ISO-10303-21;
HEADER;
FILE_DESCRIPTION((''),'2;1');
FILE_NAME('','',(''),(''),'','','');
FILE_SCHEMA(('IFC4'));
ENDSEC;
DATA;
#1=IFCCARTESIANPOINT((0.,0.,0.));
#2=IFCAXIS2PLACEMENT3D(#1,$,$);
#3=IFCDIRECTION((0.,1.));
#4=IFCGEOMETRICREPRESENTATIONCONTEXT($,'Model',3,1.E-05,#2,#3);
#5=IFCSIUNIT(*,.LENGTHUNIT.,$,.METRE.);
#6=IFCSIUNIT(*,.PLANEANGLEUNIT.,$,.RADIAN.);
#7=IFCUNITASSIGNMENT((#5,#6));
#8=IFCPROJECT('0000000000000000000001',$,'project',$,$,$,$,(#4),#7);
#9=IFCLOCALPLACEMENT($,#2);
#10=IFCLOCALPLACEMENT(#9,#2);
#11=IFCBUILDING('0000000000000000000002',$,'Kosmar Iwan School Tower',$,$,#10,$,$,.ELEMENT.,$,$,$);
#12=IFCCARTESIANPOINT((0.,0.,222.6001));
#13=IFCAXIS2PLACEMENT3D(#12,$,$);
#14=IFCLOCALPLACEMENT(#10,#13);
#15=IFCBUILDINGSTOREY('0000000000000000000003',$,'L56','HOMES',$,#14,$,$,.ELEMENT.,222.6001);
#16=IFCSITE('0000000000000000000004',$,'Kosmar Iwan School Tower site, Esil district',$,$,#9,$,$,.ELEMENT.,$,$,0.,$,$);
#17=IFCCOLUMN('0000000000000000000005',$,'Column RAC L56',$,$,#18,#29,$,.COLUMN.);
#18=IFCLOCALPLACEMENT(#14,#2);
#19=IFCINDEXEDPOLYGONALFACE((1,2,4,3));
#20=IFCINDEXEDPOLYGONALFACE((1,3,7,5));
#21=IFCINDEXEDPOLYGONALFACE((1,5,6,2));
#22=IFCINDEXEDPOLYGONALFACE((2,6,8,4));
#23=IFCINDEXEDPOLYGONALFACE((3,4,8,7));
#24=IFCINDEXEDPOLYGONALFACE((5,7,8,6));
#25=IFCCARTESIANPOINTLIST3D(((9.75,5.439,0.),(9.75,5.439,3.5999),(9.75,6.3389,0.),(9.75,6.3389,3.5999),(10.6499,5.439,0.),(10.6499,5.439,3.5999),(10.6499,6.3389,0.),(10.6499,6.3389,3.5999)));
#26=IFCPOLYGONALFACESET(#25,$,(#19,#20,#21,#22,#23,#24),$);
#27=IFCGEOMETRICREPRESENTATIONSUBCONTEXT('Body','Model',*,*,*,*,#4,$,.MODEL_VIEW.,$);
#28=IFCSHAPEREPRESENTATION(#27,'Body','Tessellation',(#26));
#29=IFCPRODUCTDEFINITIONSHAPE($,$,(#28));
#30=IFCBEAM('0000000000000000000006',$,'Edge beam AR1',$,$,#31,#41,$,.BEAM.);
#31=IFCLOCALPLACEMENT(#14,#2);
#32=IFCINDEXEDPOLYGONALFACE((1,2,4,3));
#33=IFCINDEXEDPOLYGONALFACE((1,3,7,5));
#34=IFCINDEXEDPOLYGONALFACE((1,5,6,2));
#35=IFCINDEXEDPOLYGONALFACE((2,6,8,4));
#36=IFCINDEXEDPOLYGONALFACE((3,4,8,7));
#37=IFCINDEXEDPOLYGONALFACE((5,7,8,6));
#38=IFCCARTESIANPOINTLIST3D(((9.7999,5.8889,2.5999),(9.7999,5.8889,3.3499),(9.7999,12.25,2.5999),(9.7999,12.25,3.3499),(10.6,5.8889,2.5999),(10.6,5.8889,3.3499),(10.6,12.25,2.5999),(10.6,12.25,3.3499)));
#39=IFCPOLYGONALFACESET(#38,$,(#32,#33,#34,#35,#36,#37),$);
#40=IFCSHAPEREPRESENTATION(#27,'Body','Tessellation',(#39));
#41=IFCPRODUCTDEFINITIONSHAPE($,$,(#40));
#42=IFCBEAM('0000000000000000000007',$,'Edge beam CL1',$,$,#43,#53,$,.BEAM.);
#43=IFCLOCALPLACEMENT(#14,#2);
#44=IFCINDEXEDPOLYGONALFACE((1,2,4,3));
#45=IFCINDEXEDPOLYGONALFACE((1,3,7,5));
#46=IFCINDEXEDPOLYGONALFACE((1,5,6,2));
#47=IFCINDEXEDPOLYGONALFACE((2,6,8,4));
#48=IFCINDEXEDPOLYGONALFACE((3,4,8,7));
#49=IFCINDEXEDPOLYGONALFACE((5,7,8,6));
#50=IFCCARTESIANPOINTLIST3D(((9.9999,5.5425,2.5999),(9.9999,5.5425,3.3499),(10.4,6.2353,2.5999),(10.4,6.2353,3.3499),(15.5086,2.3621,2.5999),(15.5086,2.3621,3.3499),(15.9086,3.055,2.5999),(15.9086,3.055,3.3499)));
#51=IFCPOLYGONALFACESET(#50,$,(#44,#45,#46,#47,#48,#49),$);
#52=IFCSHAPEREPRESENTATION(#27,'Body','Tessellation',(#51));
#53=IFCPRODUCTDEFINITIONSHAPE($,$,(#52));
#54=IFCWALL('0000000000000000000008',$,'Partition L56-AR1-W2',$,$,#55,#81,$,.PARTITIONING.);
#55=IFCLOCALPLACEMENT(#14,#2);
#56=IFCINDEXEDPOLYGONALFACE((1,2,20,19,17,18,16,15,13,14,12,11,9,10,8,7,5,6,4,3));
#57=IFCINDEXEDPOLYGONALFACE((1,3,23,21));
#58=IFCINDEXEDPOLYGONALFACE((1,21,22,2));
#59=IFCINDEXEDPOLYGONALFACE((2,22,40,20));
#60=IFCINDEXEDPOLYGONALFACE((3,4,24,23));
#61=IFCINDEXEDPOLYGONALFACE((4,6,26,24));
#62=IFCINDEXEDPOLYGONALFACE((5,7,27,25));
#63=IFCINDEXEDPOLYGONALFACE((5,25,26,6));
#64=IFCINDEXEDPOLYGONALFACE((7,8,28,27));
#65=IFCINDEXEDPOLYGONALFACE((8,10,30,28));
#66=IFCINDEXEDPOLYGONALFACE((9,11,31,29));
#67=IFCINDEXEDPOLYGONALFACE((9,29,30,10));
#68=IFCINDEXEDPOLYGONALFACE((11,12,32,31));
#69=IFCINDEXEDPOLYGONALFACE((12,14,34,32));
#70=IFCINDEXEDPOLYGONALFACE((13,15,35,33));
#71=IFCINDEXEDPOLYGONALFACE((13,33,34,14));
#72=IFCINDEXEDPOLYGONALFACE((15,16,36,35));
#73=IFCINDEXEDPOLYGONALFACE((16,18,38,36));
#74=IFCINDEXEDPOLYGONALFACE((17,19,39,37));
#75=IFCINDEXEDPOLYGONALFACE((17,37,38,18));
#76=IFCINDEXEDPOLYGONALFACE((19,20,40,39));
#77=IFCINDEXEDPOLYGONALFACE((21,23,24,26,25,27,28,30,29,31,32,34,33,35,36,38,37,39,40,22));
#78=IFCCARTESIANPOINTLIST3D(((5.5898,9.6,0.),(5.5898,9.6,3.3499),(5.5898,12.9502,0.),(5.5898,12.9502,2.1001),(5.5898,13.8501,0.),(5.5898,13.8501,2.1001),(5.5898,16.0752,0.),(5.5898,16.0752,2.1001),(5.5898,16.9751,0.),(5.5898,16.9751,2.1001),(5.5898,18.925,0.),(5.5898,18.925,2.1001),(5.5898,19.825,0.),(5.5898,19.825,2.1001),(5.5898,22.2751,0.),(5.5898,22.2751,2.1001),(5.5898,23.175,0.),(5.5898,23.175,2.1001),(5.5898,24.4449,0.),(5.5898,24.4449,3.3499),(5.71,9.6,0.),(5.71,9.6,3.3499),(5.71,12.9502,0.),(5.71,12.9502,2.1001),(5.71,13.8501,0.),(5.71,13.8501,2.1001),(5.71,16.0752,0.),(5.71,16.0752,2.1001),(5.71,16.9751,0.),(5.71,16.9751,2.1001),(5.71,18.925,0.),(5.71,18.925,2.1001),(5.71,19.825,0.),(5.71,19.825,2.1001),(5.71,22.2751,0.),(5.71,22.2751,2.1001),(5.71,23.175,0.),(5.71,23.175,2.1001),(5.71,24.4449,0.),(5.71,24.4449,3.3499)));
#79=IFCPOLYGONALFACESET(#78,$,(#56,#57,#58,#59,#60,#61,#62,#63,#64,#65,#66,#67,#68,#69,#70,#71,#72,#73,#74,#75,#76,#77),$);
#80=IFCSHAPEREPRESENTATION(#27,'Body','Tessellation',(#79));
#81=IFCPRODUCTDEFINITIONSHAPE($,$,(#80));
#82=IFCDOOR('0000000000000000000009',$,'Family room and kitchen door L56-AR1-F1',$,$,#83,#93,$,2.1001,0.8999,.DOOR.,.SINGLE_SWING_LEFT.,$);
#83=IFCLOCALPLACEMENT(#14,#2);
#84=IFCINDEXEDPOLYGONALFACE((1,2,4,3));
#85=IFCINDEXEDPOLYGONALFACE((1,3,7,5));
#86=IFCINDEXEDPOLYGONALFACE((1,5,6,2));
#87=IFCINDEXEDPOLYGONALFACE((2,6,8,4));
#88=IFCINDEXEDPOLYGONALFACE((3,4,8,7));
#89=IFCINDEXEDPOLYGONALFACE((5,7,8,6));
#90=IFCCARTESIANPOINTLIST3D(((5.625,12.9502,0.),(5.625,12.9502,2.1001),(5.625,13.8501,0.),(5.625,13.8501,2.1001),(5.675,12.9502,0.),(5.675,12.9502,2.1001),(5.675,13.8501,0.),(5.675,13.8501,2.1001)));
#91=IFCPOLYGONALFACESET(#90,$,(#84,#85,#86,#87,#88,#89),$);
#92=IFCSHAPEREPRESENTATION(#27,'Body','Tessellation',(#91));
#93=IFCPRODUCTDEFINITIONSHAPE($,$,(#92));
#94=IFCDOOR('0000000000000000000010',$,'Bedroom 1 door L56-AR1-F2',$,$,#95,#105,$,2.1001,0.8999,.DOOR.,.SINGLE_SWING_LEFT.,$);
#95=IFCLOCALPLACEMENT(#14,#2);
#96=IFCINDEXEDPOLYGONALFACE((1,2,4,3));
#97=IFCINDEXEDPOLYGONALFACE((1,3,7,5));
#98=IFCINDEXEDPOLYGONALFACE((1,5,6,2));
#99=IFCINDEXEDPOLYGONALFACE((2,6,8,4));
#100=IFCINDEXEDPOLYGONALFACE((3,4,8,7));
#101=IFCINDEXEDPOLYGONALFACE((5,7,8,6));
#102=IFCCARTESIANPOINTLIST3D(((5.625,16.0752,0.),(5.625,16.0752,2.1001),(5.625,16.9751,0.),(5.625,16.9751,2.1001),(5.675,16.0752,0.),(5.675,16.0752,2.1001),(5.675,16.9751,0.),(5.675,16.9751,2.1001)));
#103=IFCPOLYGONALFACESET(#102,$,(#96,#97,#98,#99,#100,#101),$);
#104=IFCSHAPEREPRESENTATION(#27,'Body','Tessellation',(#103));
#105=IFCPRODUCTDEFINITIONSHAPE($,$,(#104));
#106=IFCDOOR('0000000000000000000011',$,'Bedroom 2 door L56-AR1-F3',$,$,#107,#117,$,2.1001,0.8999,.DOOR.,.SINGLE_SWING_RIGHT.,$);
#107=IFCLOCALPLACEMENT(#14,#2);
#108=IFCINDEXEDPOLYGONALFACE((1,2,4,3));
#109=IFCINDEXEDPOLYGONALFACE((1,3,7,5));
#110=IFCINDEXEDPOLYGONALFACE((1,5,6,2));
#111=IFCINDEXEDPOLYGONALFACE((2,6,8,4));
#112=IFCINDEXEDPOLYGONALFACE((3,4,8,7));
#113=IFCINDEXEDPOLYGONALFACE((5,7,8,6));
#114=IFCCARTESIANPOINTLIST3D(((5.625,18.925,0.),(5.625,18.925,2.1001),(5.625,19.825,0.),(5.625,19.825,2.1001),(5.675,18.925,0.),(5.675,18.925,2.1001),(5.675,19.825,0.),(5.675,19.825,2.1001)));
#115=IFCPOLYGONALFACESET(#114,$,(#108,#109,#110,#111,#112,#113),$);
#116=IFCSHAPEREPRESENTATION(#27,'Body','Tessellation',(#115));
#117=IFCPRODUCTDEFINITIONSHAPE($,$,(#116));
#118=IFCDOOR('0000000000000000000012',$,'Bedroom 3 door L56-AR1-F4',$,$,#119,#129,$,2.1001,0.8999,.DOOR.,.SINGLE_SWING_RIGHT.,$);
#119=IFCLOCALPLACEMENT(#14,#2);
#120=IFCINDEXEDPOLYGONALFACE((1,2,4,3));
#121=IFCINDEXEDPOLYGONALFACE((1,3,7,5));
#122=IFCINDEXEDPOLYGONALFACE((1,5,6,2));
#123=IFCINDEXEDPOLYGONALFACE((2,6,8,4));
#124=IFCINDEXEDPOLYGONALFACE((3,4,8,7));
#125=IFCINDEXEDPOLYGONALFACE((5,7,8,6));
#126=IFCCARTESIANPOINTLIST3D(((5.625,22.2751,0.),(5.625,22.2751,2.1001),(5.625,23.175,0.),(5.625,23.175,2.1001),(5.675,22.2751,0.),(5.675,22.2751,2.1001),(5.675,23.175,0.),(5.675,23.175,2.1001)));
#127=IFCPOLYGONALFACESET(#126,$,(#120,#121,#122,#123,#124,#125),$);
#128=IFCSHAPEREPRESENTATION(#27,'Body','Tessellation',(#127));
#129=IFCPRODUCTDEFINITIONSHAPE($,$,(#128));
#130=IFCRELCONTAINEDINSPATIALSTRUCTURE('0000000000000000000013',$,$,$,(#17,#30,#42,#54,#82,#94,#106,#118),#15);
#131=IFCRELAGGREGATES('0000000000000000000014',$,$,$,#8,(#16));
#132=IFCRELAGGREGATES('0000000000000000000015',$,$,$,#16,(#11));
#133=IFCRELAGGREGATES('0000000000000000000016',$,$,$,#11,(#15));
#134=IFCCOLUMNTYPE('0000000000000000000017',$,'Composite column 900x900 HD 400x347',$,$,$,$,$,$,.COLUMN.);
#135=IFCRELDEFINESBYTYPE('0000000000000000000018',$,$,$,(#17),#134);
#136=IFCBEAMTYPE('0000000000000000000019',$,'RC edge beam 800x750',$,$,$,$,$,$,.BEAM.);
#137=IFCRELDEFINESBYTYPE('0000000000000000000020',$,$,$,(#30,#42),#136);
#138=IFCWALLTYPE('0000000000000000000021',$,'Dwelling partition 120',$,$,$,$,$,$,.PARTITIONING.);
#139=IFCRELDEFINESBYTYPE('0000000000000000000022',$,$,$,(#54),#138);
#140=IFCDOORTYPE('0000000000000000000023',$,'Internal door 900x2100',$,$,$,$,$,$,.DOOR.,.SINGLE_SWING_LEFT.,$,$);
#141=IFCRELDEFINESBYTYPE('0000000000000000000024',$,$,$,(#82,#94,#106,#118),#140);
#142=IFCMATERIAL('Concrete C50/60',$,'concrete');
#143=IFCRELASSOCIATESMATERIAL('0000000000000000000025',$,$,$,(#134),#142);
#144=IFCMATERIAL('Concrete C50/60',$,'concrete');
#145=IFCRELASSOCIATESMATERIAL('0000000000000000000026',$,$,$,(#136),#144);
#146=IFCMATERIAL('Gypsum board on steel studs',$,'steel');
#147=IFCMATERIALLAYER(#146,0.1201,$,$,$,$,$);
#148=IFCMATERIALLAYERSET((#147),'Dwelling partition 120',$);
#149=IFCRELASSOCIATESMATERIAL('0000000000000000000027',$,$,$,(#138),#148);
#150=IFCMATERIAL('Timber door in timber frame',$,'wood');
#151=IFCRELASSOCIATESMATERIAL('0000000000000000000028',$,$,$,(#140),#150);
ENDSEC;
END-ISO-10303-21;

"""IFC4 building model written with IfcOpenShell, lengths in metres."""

from ifc_helpers import new_model, si_unit, direction, frame, frame_2d, origin, origin_2d, place, context, subcontext, project, spatial, rectangle, extrude, material, layer, layer_set, material_profile, profile_set, type_object, element, fill, save


model = new_model("IFC4")

# Units and contexts
model_context = context("Model", 3, precision=1e-05, world=origin(), true_north=direction((0.0, 1.0)))
body_context = subcontext(model_context, "Body", "Model", "MODEL_VIEW")
ifc_project = project(units=[si_unit("LENGTHUNIT", "METRE"), si_unit("PLANEANGLEUNIT", "RADIAN")], contexts=[model_context])

# Site, building, storey
site_placement = place(None, origin())
site = spatial("IfcSite", under=ifc_project, at=site_placement, Name="Kosmar Iwan School Tower site, Esil district", CompositionType="ELEMENT", RefElevation=0.0)
building_placement = place(site_placement, origin())
building = spatial("IfcBuilding", under=site, at=building_placement, Name="Kosmar Iwan School Tower", CompositionType="ELEMENT")
storey_placement = place(building_placement, frame((0.0, 0.0, 222.6001)))
storey = spatial("IfcBuildingStorey", under=building, at=storey_placement, Name="L56", Description="HOMES", CompositionType="ELEMENT", Elevation=222.6001)

# Column
ifc_material_1 = material(Name="Concrete C50/60", Category="concrete")
ifc_material_profile_1 = material_profile(ifc_material_1, rectangle(XDim=0.8999, YDim=0.8999, at=origin_2d()), Name="RC 900x900 + HD 400x347")
ifc_profile_set_1 = profile_set([ifc_material_profile_1], Name="Concrete C50/60")
column_type = type_object("IfcColumnType", Name="Composite column 900x900 HD 400x347", PredefinedType="COLUMN", material=ifc_profile_set_1)
column_placement = place(storey_placement, frame((10.2, 5.8889, 0.0), z_axis=(0.0, 0.0, 1.0), x_axis=(1.0, 0.0, 0.0)))
element("IfcColumn", 1, at=column_placement, inside=storey, type_object=column_type, Name="Column RAC L56", PredefinedType="COLUMN", context=body_context, shape_type="SweptSolid", body=[
    extrude(rectangle(XDim=0.8999, YDim=0.8999, at=origin_2d()), origin(), (0.0, 0.0, 1.0), 3.5999),
])

# Beams
ifc_material_2 = material(Name="Concrete C50/60", Category="concrete")
ifc_material_profile_2 = material_profile(ifc_material_2, rectangle(XDim=0.8, YDim=0.75, at=origin_2d()), Name="RC 800x750")
ifc_profile_set_2 = profile_set([ifc_material_profile_2], Name="Concrete C50/60")
beam_type = type_object("IfcBeamType", Name="RC edge beam 800x750", PredefinedType="BEAM", material=ifc_profile_set_2)
beam_1_placement = place(storey_placement, frame((10.2, 5.8889, 2.9749), z_axis=(0.0, 1.0, 0.0), x_axis=(-1.0, 0.0, 0.0)))
element("IfcBeam", 2, at=beam_1_placement, inside=storey, type_object=beam_type, Name="Edge beam AR1", PredefinedType="BEAM", context=body_context, shape_type="SweptSolid", body=[
    extrude(rectangle(XDim=0.8, YDim=0.75, at=origin_2d()), origin(), (0.0, 0.0, 1.0), 6.3611),
])
beam_2_placement = place(storey_placement, frame((10.2, 5.8889, 2.9749), z_axis=(0.866031, -0.49999, 0.0), x_axis=(0.49999, 0.866031, 0.0)))
element("IfcBeam", 3, at=beam_2_placement, inside=storey, type_object=beam_type, Name="Edge beam CL1", PredefinedType="BEAM", context=body_context, shape_type="SweptSolid", body=[
    extrude(rectangle(XDim=0.8, YDim=0.75, at=origin_2d()), origin(), (0.0, 0.0, 1.0), 6.3608),
])

# Wall, openings, doors
ifc_material_3 = material(Name="Gypsum board on steel studs", Category="steel")
ifc_layer_1 = layer(ifc_material_3, 0.1201)
ifc_layer_set_1 = layer_set([ifc_layer_1], Name="Dwelling partition 120")
wall_type_1 = type_object("IfcWallType", Name="Dwelling partition 120", PredefinedType="PARTITIONING", material=ifc_layer_set_1)
wall_1_placement = place(storey_placement, frame((5.6499, 9.6001, 0.0), z_axis=(0.0, 0.0, 1.0), x_axis=(0.0, 1.0, 0.0)))
wall_1 = element("IfcWall", 4, at=wall_1_placement, inside=storey, type_object=wall_type_1, Name="Partition L56-AR1-W2", PredefinedType="PARTITIONING", context=body_context, shape_type="SweptSolid", body=[
    extrude(rectangle(XDim=14.845, YDim=0.1201, at=frame_2d((7.4224, 0.0))), origin(), (0.0, 0.0, 1.0), 3.3499),
])
opening_1_placement = place(wall_1_placement, frame((3.3501, 0.0, 0.0)))
opening_1 = element("IfcOpeningElement", 5, at=opening_1_placement, cuts=wall_1, PredefinedType="OPENING", context=body_context, shape_type="SweptSolid", body=[
    extrude(rectangle(XDim=0.8999, YDim=2.1001, at=frame_2d((0.45, 1.05))), frame((0.0, 0.072, 0.0), z_axis=(0.0, -1.0, 0.0), x_axis=(1.0, 0.0, 0.0)), (0.0, 0.0, 1.0), 0.144),
])
opening_2_placement = place(wall_1_placement, frame((6.4751, 0.0, 0.0)))
opening_2 = element("IfcOpeningElement", 6, at=opening_2_placement, cuts=wall_1, PredefinedType="OPENING", context=body_context, shape_type="SweptSolid", body=[
    extrude(rectangle(XDim=0.8999, YDim=2.1001, at=frame_2d((0.45, 1.05))), frame((0.0, 0.072, 0.0), z_axis=(0.0, -1.0, 0.0), x_axis=(1.0, 0.0, 0.0)), (0.0, 0.0, 1.0), 0.144),
])
opening_3_placement = place(wall_1_placement, frame((9.325, 0.0, 0.0)))
opening_3 = element("IfcOpeningElement", 7, at=opening_3_placement, cuts=wall_1, PredefinedType="OPENING", context=body_context, shape_type="SweptSolid", body=[
    extrude(rectangle(XDim=0.8999, YDim=2.1001, at=frame_2d((0.45, 1.05))), frame((0.0, 0.072, 0.0), z_axis=(0.0, -1.0, 0.0), x_axis=(1.0, 0.0, 0.0)), (0.0, 0.0, 1.0), 0.144),
])
opening_4_placement = place(wall_1_placement, frame((12.675, 0.0, 0.0)))
opening_4 = element("IfcOpeningElement", 8, at=opening_4_placement, cuts=wall_1, PredefinedType="OPENING", context=body_context, shape_type="SweptSolid", body=[
    extrude(rectangle(XDim=0.8999, YDim=2.1001, at=frame_2d((0.45, 1.05))), frame((0.0, 0.072, 0.0), z_axis=(0.0, -1.0, 0.0), x_axis=(1.0, 0.0, 0.0)), (0.0, 0.0, 1.0), 0.144),
])
ifc_material_4 = material(Name="Timber door in timber frame", Category="wood")
door_type = type_object("IfcDoorType", Name="Internal door 900x2100", OperationType="SINGLE_SWING_LEFT", PredefinedType="DOOR", material=ifc_material_4)
door_1_placement = place(opening_1_placement, origin())
door_1 = element("IfcDoor", 9, at=door_1_placement, inside=storey, type_object=door_type, Name="Family room and kitchen door L56-AR1-F1", OperationType="SINGLE_SWING_LEFT", OverallHeight=2.1001, OverallWidth=0.8999, PredefinedType="DOOR", context=body_context, shape_type="SweptSolid", body=[
    extrude(rectangle(XDim=0.8999, YDim=2.1001, at=frame_2d((0.45, 1.05))), frame((0.0, 0.0249, 0.0), z_axis=(0.0, -1.0, 0.0), x_axis=(1.0, 0.0, 0.0)), (0.0, 0.0, 1.0), 0.05),
])
fill(opening_1, door_1)
door_2_placement = place(opening_2_placement, origin())
door_2 = element("IfcDoor", 10, at=door_2_placement, inside=storey, type_object=door_type, Name="Bedroom 1 door L56-AR1-F2", OperationType="SINGLE_SWING_LEFT", OverallHeight=2.1001, OverallWidth=0.8999, PredefinedType="DOOR", context=body_context, shape_type="SweptSolid", body=[
    extrude(rectangle(XDim=0.8999, YDim=2.1001, at=frame_2d((0.45, 1.05))), frame((0.0, 0.0249, 0.0), z_axis=(0.0, -1.0, 0.0), x_axis=(1.0, 0.0, 0.0)), (0.0, 0.0, 1.0), 0.05),
])
fill(opening_2, door_2)
door_3_placement = place(opening_3_placement, origin())
door_3 = element("IfcDoor", 11, at=door_3_placement, inside=storey, type_object=door_type, Name="Bedroom 2 door L56-AR1-F3", OperationType="SINGLE_SWING_RIGHT", OverallHeight=2.1001, OverallWidth=0.8999, PredefinedType="DOOR", context=body_context, shape_type="SweptSolid", body=[
    extrude(rectangle(XDim=0.8999, YDim=2.1001, at=frame_2d((0.45, 1.05))), frame((0.0, 0.0249, 0.0), z_axis=(0.0, -1.0, 0.0), x_axis=(1.0, 0.0, 0.0)), (0.0, 0.0, 1.0), 0.05),
])
fill(opening_3, door_3)
door_4_placement = place(opening_4_placement, origin())
door_4 = element("IfcDoor", 12, at=door_4_placement, inside=storey, type_object=door_type, Name="Bedroom 3 door L56-AR1-F4", OperationType="SINGLE_SWING_RIGHT", OverallHeight=2.1001, OverallWidth=0.8999, PredefinedType="DOOR", context=body_context, shape_type="SweptSolid", body=[
    extrude(rectangle(XDim=0.8999, YDim=2.1001, at=frame_2d((0.45, 1.05))), frame((0.0, 0.0249, 0.0), z_axis=(0.0, -1.0, 0.0), x_axis=(1.0, 0.0, 0.0)), (0.0, 0.0, 1.0), 0.05),
])
fill(opening_4, door_4)

save(model, "model.ifc")
